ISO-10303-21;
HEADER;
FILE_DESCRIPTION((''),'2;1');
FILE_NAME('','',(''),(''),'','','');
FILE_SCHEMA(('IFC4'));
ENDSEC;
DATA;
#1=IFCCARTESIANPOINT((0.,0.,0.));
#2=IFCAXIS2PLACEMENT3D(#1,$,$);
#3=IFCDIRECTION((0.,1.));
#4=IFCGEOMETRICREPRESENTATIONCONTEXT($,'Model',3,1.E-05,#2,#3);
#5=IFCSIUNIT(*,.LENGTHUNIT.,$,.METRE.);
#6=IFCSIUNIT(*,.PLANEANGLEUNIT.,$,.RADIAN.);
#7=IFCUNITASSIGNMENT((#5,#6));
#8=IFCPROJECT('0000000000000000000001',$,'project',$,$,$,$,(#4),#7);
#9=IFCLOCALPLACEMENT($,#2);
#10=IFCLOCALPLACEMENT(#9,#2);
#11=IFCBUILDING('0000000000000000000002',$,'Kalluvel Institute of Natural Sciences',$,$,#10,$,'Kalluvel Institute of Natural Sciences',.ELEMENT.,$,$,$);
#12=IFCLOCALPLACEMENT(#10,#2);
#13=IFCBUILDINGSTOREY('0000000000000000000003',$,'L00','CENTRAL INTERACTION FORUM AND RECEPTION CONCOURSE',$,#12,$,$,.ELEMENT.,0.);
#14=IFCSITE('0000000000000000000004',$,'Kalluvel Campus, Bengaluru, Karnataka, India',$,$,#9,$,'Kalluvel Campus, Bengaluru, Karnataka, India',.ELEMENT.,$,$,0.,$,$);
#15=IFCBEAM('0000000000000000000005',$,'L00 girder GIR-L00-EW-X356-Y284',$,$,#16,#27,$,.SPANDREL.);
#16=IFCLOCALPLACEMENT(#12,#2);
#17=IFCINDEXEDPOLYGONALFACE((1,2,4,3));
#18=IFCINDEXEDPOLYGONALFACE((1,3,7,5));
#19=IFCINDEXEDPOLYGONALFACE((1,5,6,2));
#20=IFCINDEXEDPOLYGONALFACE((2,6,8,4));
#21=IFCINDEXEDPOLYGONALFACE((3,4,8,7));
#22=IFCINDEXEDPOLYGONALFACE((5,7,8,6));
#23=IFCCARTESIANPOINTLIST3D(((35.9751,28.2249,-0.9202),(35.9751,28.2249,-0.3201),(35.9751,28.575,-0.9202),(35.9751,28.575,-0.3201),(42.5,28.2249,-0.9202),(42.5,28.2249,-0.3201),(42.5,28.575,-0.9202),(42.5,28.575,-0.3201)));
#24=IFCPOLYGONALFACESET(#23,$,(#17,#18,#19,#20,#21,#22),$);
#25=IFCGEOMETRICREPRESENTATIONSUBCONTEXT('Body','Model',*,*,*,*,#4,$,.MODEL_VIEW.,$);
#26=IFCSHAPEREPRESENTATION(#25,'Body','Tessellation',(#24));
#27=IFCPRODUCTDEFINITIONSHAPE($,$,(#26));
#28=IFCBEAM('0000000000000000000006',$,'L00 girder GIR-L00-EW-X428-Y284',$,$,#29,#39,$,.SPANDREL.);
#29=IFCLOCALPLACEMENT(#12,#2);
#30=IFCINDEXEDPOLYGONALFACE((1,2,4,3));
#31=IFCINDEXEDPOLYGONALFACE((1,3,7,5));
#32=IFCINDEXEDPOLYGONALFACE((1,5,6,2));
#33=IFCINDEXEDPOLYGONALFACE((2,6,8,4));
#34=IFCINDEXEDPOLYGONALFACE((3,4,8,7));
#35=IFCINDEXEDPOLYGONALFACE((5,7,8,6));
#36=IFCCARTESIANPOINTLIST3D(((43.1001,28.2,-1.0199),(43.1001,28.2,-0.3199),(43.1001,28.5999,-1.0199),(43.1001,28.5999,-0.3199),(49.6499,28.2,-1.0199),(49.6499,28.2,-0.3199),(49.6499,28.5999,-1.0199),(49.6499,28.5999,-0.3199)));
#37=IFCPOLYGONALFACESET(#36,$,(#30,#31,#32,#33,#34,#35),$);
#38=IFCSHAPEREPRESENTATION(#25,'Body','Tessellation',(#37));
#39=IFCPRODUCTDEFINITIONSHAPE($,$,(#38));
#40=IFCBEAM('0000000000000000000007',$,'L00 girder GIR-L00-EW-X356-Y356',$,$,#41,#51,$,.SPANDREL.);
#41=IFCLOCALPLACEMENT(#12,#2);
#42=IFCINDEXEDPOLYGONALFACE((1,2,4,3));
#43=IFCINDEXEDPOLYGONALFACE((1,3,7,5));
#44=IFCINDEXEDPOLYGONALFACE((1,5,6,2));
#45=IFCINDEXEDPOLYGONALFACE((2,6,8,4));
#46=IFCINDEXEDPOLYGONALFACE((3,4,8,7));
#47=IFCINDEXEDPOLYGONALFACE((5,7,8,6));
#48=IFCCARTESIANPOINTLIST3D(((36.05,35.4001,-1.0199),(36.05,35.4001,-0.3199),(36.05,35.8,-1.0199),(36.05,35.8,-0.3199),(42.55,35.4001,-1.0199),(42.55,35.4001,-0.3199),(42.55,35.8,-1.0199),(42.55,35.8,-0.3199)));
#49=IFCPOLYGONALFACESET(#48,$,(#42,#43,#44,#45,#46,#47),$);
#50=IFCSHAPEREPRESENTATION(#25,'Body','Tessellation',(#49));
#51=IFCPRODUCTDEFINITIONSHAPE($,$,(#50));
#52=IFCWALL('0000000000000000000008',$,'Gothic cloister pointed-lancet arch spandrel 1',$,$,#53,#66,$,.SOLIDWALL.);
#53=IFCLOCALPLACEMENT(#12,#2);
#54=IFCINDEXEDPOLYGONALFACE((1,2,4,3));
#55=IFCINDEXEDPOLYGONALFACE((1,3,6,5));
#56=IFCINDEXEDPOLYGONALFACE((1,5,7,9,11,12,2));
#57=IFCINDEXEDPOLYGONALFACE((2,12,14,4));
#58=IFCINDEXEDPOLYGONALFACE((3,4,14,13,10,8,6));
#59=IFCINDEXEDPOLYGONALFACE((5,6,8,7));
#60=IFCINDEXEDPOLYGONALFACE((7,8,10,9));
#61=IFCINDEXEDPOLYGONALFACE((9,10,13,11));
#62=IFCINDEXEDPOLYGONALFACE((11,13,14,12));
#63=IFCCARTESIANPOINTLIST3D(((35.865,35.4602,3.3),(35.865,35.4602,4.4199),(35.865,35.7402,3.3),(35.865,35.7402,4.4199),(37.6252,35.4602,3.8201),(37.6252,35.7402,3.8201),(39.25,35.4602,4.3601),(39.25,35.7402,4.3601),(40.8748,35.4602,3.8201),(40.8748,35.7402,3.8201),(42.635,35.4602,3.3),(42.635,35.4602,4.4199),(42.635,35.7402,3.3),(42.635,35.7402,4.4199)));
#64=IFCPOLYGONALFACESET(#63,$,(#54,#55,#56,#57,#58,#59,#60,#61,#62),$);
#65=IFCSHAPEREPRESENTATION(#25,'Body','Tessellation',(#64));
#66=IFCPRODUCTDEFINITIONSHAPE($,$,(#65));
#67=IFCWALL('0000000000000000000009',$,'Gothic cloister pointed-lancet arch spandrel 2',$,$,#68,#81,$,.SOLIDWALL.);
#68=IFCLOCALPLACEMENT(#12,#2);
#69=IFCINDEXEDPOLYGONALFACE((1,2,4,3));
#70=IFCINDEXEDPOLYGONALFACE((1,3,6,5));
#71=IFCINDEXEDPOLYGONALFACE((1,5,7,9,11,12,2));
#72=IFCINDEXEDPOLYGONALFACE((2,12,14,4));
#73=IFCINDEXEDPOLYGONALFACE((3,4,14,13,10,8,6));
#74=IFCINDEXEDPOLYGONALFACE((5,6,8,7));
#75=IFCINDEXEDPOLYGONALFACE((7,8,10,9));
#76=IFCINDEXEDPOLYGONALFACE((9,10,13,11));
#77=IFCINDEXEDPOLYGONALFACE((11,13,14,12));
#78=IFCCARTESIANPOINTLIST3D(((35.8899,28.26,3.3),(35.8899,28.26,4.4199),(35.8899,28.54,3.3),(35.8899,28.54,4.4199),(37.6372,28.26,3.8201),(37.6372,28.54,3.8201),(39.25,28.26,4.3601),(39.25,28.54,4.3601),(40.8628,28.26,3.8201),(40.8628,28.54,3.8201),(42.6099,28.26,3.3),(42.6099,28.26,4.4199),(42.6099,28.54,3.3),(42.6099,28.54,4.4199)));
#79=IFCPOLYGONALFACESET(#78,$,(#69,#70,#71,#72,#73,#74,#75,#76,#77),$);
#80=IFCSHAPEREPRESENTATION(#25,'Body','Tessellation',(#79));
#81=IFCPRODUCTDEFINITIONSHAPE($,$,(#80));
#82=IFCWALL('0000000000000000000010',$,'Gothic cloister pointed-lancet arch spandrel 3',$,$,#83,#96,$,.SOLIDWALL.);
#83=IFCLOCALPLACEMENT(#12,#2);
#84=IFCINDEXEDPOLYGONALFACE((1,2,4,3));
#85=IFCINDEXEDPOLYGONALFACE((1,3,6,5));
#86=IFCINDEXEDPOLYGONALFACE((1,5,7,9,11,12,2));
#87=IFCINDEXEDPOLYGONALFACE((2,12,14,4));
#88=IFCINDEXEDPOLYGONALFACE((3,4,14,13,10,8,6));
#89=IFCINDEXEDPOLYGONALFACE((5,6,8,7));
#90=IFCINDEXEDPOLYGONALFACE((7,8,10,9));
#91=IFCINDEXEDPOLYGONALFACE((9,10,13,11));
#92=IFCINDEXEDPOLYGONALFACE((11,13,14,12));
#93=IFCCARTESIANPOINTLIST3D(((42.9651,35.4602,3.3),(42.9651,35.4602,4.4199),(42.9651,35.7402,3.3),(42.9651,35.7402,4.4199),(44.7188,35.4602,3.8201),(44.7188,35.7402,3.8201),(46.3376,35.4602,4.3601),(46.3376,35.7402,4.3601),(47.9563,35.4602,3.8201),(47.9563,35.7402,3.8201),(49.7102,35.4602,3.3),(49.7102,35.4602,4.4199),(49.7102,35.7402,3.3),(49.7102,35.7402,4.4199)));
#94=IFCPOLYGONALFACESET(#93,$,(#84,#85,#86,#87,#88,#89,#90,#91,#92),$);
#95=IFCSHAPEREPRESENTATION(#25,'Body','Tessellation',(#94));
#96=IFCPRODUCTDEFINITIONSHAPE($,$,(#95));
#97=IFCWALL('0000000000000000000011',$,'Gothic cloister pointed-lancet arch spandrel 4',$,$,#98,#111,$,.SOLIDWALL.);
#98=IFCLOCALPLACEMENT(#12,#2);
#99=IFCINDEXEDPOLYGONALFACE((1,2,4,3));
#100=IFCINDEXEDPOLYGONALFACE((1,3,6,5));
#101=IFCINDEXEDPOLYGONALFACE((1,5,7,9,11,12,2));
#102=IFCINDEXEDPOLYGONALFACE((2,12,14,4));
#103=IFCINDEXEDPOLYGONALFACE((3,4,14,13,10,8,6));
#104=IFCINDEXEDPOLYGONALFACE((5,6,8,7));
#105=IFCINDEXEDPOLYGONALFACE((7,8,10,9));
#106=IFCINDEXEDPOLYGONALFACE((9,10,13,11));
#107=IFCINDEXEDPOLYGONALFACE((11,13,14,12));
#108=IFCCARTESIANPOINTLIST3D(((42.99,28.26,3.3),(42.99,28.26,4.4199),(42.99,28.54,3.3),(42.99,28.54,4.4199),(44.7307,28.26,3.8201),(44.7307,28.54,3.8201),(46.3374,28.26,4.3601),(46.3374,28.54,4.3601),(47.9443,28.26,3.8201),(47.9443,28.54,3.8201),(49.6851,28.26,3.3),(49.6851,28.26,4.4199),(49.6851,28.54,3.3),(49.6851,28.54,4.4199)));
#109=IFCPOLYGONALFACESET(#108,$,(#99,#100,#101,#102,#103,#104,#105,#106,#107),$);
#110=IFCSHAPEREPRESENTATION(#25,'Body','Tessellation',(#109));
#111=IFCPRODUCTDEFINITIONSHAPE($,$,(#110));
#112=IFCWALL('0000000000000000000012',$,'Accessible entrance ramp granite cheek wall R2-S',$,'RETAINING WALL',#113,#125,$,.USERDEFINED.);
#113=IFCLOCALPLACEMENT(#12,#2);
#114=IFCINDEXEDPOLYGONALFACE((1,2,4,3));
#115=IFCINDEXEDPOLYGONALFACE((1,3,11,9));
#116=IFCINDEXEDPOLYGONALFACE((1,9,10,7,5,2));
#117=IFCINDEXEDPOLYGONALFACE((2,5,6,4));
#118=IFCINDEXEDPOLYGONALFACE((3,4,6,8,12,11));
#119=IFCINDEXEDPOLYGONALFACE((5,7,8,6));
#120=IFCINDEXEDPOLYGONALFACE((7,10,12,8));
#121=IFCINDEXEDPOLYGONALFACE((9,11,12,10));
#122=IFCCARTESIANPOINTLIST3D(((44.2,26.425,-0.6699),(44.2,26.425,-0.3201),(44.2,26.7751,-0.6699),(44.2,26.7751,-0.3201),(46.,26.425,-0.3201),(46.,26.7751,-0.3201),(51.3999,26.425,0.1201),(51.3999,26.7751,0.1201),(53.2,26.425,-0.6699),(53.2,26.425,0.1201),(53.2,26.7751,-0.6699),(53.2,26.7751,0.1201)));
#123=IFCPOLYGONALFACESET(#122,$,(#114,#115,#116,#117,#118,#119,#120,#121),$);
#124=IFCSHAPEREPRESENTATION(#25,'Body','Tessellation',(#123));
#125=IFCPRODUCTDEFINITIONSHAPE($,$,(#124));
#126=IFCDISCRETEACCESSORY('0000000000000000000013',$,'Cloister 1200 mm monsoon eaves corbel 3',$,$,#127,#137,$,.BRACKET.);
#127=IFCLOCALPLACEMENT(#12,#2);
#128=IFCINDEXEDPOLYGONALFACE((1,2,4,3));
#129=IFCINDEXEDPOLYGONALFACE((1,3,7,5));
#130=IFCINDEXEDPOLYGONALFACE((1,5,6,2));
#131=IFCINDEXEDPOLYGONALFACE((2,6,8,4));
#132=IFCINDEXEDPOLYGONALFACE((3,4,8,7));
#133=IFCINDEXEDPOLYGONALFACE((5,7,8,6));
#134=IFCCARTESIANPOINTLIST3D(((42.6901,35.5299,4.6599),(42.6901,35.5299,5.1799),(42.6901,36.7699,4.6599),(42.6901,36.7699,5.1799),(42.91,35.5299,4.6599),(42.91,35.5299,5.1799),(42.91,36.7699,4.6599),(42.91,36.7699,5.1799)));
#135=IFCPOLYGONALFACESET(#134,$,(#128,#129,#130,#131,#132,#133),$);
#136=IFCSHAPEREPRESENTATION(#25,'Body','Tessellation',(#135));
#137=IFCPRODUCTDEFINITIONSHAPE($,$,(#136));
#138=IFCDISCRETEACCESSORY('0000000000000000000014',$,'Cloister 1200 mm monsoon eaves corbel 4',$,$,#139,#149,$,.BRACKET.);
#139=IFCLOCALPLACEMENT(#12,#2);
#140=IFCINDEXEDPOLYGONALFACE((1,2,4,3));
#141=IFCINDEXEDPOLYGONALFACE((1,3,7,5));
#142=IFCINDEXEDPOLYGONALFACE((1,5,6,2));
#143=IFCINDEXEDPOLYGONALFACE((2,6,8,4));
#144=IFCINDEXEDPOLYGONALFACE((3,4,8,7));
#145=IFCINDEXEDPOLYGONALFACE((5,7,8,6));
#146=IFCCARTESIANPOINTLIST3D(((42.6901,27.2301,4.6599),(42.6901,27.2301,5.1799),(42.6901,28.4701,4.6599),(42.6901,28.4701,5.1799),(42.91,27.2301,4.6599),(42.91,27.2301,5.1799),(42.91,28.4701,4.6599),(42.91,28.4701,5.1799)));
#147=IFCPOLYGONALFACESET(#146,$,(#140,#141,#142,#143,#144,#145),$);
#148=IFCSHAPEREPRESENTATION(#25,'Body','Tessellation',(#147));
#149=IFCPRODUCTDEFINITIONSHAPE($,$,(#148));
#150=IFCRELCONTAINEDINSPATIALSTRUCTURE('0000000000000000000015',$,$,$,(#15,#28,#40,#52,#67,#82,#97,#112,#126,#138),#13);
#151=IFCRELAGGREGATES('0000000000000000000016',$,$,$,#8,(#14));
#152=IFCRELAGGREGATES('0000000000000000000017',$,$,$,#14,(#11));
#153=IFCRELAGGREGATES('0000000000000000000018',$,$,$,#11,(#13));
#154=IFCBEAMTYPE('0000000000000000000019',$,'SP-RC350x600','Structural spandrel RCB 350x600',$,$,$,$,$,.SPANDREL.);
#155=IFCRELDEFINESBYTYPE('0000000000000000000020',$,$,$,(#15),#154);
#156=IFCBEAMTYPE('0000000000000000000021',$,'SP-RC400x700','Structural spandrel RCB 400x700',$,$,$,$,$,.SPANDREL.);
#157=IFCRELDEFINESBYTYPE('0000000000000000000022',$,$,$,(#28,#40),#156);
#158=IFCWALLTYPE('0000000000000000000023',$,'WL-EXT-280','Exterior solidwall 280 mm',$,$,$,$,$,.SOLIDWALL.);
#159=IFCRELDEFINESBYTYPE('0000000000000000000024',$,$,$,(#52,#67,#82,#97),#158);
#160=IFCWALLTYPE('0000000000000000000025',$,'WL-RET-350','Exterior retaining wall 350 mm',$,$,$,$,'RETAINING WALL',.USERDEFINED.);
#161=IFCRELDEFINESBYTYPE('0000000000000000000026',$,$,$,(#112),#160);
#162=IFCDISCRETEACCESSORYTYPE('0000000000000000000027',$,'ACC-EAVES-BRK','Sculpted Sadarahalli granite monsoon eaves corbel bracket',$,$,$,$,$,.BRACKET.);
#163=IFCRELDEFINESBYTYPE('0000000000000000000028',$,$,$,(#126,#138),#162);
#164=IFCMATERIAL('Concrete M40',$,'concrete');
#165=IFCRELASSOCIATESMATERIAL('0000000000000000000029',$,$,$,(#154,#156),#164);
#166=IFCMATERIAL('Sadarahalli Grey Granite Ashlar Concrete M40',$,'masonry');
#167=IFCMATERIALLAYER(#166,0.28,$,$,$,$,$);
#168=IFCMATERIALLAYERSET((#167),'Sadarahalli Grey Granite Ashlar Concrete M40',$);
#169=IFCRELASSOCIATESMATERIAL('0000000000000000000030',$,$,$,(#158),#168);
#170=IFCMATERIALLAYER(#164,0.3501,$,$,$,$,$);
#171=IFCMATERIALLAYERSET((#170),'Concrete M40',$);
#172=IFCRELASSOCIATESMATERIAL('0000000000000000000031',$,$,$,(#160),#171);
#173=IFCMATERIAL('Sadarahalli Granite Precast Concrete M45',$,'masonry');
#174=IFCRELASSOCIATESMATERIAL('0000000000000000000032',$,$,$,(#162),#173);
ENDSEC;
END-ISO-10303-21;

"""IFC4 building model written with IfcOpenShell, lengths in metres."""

from ifc_helpers import new_model, si_unit, direction, frame, origin, origin_2d, place, context, subcontext, project, spatial, polyline, rectangle, outline, extrude, material, layer, layer_set, material_profile, profile_set, type_object, element, save


model = new_model("IFC4")

# Units and contexts
model_context = context("Model", 3, precision=1e-05, world=origin(), true_north=direction((0.0, 1.0)))
body_context = subcontext(model_context, "Body", "Model", "MODEL_VIEW")
ifc_project = project(units=[si_unit("LENGTHUNIT", "METRE"), si_unit("PLANEANGLEUNIT", "RADIAN")], contexts=[model_context])

# Site, building, storey
site_placement = place(None, origin())
site = spatial("IfcSite", under=ifc_project, at=site_placement, Name="Kalluvel Campus, Bengaluru, Karnataka, India", LongName="Kalluvel Campus, Bengaluru, Karnataka, India", CompositionType="ELEMENT", RefElevation=0.0)
building_placement = place(site_placement, origin())
building = spatial("IfcBuilding", under=site, at=building_placement, Name="Kalluvel Institute of Natural Sciences", LongName="Kalluvel Institute of Natural Sciences", CompositionType="ELEMENT")
storey_placement = place(building_placement, origin())
storey = spatial("IfcBuildingStorey", under=building, at=storey_placement, Name="L00", Description="CENTRAL INTERACTION FORUM AND RECEPTION CONCOURSE", CompositionType="ELEMENT", Elevation=0.0)

# Shared definitions
ifc_material_1 = material(Name="Concrete M40", Category="concrete")

# Shared definitions
ifc_material_2 = material(Name="Sadarahalli Granite Precast Concrete M45", Category="masonry")

# Beams
ifc_material_profile_1 = material_profile(ifc_material_1, rectangle(XDim=0.3501, YDim=0.6001, at=origin_2d()), Name="RCB 350x600")
ifc_profile_set_1 = profile_set([ifc_material_profile_1], Name="Concrete M40")
beam_type_1 = type_object("IfcBeamType", Name="SP-RC350x600", Description="Structural spandrel RCB 350x600", PredefinedType="SPANDREL", material=ifc_profile_set_1)
beam_1_placement = place(storey_placement, frame((35.9751, 28.3999, -0.6201), z_axis=(1.0, 0.0, 0.0), x_axis=(0.0, 1.0, 0.0)))
element("IfcBeam", 1, at=beam_1_placement, inside=storey, type_object=beam_type_1, Name="L00 girder GIR-L00-EW-X356-Y284", PredefinedType="SPANDREL", context=body_context, shape_type="SweptSolid", body=[
    extrude(rectangle(XDim=0.3501, YDim=0.6001, at=origin_2d()), origin(), (0.0, 0.0, 1.0), 6.5249),
])
ifc_material_profile_2 = material_profile(ifc_material_1, rectangle(XDim=0.3999, YDim=0.7, at=origin_2d()), Name="RCB 400x700")
ifc_profile_set_2 = profile_set([ifc_material_profile_2], Name="Concrete M40")
beam_type_2 = type_object("IfcBeamType", Name="SP-RC400x700", Description="Structural spandrel RCB 400x700", PredefinedType="SPANDREL", material=ifc_profile_set_2)
beam_2_placement = place(storey_placement, frame((43.1001, 28.3999, -0.6699), z_axis=(1.0, 0.0, 0.0), x_axis=(0.0, 1.0, 0.0)))
element("IfcBeam", 2, at=beam_2_placement, inside=storey, type_object=beam_type_2, Name="L00 girder GIR-L00-EW-X428-Y284", PredefinedType="SPANDREL", context=body_context, shape_type="SweptSolid", body=[
    extrude(rectangle(XDim=0.3999, YDim=0.7, at=origin_2d()), origin(), (0.0, 0.0, 1.0), 6.5498),
])
beam_3_placement = place(storey_placement, frame((36.05, 35.6001, -0.6699), z_axis=(1.0, 0.0, 0.0), x_axis=(0.0, 1.0, 0.0)))
element("IfcBeam", 3, at=beam_3_placement, inside=storey, type_object=beam_type_2, Name="L00 girder GIR-L00-EW-X356-Y356", PredefinedType="SPANDREL", context=body_context, shape_type="SweptSolid", body=[
    extrude(rectangle(XDim=0.3999, YDim=0.7, at=origin_2d()), origin(), (0.0, 0.0, 1.0), 6.5),
])

# Walls
ifc_material_3 = material(Name="Sadarahalli Grey Granite Ashlar Concrete M40", Category="masonry")
ifc_layer_1 = layer(ifc_material_3, 0.28)
ifc_layer_set_1 = layer_set([ifc_layer_1], Name="Sadarahalli Grey Granite Ashlar Concrete M40")
wall_type_1 = type_object("IfcWallType", Name="WL-EXT-280", Description="Exterior solidwall 280 mm", PredefinedType="SOLIDWALL", material=ifc_layer_set_1)
wall_1_placement = place(storey_placement, frame((35.865, 35.6001, 3.3), z_axis=(0.0, 0.0, 1.0), x_axis=(1.0, 0.0, 0.0)))
element("IfcWall", 4, at=wall_1_placement, inside=storey, type_object=wall_type_1, Name="Gothic cloister pointed-lancet arch spandrel 1", PredefinedType="SOLIDWALL", context=body_context, shape_type="SweptSolid", body=[
    extrude(outline(polyline([(0.0, 0.0), (1.7603, 0.52), (3.385, 1.0601), (5.0098, 0.52), (6.77, 0.0), (6.77, 1.1199), (0.0, 1.1199), (0.0, 0.0)])), frame((0.0, 0.1401, 0.0), z_axis=(0.0, -1.0, 0.0), x_axis=(1.0, 0.0, 0.0)), (0.0, 0.0, 1.0), 0.28),
])
wall_2_placement = place(storey_placement, frame((35.8899, 28.3999, 3.3), z_axis=(0.0, 0.0, 1.0), x_axis=(1.0, 0.0, 0.0)))
element("IfcWall", 5, at=wall_2_placement, inside=storey, type_object=wall_type_1, Name="Gothic cloister pointed-lancet arch spandrel 2", PredefinedType="SOLIDWALL", context=body_context, shape_type="SweptSolid", body=[
    extrude(outline(polyline([(0.0, 0.0), (1.7473, 0.52), (3.3601, 1.0601), (4.9729, 0.52), (6.72, 0.0), (6.72, 1.1199), (0.0, 1.1199), (0.0, 0.0)])), frame((0.0, 0.1401, 0.0), z_axis=(0.0, -1.0, 0.0), x_axis=(1.0, 0.0, 0.0)), (0.0, 0.0, 1.0), 0.28),
])
wall_3_placement = place(storey_placement, frame((42.9651, 35.6001, 3.3), z_axis=(0.0, 0.0, 1.0), x_axis=(1.0, 0.0, 0.0)))
element("IfcWall", 6, at=wall_3_placement, inside=storey, type_object=wall_type_1, Name="Gothic cloister pointed-lancet arch spandrel 3", PredefinedType="SOLIDWALL", context=body_context, shape_type="SweptSolid", body=[
    extrude(outline(polyline([(0.0, 0.0), (1.7537, 0.52), (3.3726, 1.0601), (4.9912, 0.52), (6.7451, 0.0), (6.7451, 1.1199), (0.0, 1.1199), (0.0, 0.0)])), frame((0.0, 0.1401, 0.0), z_axis=(0.0, -1.0, 0.0), x_axis=(1.0, 0.0, 0.0)), (0.0, 0.0, 1.0), 0.28),
])
wall_4_placement = place(storey_placement, frame((42.99, 28.3999, 3.3), z_axis=(0.0, 0.0, 1.0), x_axis=(1.0, 0.0, 0.0)))
element("IfcWall", 7, at=wall_4_placement, inside=storey, type_object=wall_type_1, Name="Gothic cloister pointed-lancet arch spandrel 4", PredefinedType="SOLIDWALL", context=body_context, shape_type="SweptSolid", body=[
    extrude(outline(polyline([(0.0, 0.0), (1.7407, 0.52), (3.3474, 1.0601), (4.9543, 0.52), (6.6951, 0.0), (6.6951, 1.1199), (0.0, 1.1199), (0.0, 0.0)])), frame((0.0, 0.1401, 0.0), z_axis=(0.0, -1.0, 0.0), x_axis=(1.0, 0.0, 0.0)), (0.0, 0.0, 1.0), 0.28),
])
ifc_layer_2 = layer(ifc_material_1, 0.3501)
ifc_layer_set_2 = layer_set([ifc_layer_2], Name="Concrete M40")
wall_type_2 = type_object("IfcWallType", Name="WL-RET-350", Description="Exterior retaining wall 350 mm", ElementType="RETAINING WALL", PredefinedType="USERDEFINED", material=ifc_layer_set_2)
wall_5_placement = place(storey_placement, frame((44.2, 26.6001, -0.6699), z_axis=(0.0, 0.0, 1.0), x_axis=(1.0, 0.0, 0.0)))
element("IfcWall", 8, at=wall_5_placement, inside=storey, type_object=wall_type_2, Name="Accessible entrance ramp granite cheek wall R2-S", ObjectType="RETAINING WALL", PredefinedType="USERDEFINED", context=body_context, shape_type="SweptSolid", body=[
    extrude(outline(polyline([(0.0, 0.0), (9.0, 0.0), (9.0, 0.79), (7.2, 0.79), (1.8, 0.3499), (0.0, 0.3499), (0.0, 0.0)])), frame((0.0, 0.175, 0.0), z_axis=(0.0, -1.0, 0.0), x_axis=(1.0, 0.0, 0.0)), (0.0, 0.0, 1.0), 0.3501),
])

# Discrete accessories
discrete_accessory_type = type_object("IfcDiscreteAccessoryType", Name="ACC-EAVES-BRK", Description="Sculpted Sadarahalli granite monsoon eaves corbel bracket", PredefinedType="BRACKET", material=ifc_material_2)
for number, where, z_axis, x_axis, name in (
    (9, (42.8, 36.1499, 4.6599), (0.0, 0.0, 1.0), (1.0, 0.0, 0.0), "Cloister 1200 mm monsoon eaves corbel 3"),
    (10, (42.8, 27.8501, 4.6599), (0.0, 0.0, 1.0), (1.0, 0.0, 0.0), "Cloister 1200 mm monsoon eaves corbel 4"),
):
    element("IfcDiscreteAccessory", number, at=place(storey_placement, frame(where, z_axis=z_axis, x_axis=x_axis)), inside=storey, type_object=discrete_accessory_type, Name=name, PredefinedType="BRACKET", context=body_context, shape_type="SweptSolid", body=[
        extrude(rectangle(XDim=0.22, YDim=1.24, at=origin_2d()), origin(), (0.0, 0.0, 1.0), 0.52),
    ])

save(model, "model.ifc")
